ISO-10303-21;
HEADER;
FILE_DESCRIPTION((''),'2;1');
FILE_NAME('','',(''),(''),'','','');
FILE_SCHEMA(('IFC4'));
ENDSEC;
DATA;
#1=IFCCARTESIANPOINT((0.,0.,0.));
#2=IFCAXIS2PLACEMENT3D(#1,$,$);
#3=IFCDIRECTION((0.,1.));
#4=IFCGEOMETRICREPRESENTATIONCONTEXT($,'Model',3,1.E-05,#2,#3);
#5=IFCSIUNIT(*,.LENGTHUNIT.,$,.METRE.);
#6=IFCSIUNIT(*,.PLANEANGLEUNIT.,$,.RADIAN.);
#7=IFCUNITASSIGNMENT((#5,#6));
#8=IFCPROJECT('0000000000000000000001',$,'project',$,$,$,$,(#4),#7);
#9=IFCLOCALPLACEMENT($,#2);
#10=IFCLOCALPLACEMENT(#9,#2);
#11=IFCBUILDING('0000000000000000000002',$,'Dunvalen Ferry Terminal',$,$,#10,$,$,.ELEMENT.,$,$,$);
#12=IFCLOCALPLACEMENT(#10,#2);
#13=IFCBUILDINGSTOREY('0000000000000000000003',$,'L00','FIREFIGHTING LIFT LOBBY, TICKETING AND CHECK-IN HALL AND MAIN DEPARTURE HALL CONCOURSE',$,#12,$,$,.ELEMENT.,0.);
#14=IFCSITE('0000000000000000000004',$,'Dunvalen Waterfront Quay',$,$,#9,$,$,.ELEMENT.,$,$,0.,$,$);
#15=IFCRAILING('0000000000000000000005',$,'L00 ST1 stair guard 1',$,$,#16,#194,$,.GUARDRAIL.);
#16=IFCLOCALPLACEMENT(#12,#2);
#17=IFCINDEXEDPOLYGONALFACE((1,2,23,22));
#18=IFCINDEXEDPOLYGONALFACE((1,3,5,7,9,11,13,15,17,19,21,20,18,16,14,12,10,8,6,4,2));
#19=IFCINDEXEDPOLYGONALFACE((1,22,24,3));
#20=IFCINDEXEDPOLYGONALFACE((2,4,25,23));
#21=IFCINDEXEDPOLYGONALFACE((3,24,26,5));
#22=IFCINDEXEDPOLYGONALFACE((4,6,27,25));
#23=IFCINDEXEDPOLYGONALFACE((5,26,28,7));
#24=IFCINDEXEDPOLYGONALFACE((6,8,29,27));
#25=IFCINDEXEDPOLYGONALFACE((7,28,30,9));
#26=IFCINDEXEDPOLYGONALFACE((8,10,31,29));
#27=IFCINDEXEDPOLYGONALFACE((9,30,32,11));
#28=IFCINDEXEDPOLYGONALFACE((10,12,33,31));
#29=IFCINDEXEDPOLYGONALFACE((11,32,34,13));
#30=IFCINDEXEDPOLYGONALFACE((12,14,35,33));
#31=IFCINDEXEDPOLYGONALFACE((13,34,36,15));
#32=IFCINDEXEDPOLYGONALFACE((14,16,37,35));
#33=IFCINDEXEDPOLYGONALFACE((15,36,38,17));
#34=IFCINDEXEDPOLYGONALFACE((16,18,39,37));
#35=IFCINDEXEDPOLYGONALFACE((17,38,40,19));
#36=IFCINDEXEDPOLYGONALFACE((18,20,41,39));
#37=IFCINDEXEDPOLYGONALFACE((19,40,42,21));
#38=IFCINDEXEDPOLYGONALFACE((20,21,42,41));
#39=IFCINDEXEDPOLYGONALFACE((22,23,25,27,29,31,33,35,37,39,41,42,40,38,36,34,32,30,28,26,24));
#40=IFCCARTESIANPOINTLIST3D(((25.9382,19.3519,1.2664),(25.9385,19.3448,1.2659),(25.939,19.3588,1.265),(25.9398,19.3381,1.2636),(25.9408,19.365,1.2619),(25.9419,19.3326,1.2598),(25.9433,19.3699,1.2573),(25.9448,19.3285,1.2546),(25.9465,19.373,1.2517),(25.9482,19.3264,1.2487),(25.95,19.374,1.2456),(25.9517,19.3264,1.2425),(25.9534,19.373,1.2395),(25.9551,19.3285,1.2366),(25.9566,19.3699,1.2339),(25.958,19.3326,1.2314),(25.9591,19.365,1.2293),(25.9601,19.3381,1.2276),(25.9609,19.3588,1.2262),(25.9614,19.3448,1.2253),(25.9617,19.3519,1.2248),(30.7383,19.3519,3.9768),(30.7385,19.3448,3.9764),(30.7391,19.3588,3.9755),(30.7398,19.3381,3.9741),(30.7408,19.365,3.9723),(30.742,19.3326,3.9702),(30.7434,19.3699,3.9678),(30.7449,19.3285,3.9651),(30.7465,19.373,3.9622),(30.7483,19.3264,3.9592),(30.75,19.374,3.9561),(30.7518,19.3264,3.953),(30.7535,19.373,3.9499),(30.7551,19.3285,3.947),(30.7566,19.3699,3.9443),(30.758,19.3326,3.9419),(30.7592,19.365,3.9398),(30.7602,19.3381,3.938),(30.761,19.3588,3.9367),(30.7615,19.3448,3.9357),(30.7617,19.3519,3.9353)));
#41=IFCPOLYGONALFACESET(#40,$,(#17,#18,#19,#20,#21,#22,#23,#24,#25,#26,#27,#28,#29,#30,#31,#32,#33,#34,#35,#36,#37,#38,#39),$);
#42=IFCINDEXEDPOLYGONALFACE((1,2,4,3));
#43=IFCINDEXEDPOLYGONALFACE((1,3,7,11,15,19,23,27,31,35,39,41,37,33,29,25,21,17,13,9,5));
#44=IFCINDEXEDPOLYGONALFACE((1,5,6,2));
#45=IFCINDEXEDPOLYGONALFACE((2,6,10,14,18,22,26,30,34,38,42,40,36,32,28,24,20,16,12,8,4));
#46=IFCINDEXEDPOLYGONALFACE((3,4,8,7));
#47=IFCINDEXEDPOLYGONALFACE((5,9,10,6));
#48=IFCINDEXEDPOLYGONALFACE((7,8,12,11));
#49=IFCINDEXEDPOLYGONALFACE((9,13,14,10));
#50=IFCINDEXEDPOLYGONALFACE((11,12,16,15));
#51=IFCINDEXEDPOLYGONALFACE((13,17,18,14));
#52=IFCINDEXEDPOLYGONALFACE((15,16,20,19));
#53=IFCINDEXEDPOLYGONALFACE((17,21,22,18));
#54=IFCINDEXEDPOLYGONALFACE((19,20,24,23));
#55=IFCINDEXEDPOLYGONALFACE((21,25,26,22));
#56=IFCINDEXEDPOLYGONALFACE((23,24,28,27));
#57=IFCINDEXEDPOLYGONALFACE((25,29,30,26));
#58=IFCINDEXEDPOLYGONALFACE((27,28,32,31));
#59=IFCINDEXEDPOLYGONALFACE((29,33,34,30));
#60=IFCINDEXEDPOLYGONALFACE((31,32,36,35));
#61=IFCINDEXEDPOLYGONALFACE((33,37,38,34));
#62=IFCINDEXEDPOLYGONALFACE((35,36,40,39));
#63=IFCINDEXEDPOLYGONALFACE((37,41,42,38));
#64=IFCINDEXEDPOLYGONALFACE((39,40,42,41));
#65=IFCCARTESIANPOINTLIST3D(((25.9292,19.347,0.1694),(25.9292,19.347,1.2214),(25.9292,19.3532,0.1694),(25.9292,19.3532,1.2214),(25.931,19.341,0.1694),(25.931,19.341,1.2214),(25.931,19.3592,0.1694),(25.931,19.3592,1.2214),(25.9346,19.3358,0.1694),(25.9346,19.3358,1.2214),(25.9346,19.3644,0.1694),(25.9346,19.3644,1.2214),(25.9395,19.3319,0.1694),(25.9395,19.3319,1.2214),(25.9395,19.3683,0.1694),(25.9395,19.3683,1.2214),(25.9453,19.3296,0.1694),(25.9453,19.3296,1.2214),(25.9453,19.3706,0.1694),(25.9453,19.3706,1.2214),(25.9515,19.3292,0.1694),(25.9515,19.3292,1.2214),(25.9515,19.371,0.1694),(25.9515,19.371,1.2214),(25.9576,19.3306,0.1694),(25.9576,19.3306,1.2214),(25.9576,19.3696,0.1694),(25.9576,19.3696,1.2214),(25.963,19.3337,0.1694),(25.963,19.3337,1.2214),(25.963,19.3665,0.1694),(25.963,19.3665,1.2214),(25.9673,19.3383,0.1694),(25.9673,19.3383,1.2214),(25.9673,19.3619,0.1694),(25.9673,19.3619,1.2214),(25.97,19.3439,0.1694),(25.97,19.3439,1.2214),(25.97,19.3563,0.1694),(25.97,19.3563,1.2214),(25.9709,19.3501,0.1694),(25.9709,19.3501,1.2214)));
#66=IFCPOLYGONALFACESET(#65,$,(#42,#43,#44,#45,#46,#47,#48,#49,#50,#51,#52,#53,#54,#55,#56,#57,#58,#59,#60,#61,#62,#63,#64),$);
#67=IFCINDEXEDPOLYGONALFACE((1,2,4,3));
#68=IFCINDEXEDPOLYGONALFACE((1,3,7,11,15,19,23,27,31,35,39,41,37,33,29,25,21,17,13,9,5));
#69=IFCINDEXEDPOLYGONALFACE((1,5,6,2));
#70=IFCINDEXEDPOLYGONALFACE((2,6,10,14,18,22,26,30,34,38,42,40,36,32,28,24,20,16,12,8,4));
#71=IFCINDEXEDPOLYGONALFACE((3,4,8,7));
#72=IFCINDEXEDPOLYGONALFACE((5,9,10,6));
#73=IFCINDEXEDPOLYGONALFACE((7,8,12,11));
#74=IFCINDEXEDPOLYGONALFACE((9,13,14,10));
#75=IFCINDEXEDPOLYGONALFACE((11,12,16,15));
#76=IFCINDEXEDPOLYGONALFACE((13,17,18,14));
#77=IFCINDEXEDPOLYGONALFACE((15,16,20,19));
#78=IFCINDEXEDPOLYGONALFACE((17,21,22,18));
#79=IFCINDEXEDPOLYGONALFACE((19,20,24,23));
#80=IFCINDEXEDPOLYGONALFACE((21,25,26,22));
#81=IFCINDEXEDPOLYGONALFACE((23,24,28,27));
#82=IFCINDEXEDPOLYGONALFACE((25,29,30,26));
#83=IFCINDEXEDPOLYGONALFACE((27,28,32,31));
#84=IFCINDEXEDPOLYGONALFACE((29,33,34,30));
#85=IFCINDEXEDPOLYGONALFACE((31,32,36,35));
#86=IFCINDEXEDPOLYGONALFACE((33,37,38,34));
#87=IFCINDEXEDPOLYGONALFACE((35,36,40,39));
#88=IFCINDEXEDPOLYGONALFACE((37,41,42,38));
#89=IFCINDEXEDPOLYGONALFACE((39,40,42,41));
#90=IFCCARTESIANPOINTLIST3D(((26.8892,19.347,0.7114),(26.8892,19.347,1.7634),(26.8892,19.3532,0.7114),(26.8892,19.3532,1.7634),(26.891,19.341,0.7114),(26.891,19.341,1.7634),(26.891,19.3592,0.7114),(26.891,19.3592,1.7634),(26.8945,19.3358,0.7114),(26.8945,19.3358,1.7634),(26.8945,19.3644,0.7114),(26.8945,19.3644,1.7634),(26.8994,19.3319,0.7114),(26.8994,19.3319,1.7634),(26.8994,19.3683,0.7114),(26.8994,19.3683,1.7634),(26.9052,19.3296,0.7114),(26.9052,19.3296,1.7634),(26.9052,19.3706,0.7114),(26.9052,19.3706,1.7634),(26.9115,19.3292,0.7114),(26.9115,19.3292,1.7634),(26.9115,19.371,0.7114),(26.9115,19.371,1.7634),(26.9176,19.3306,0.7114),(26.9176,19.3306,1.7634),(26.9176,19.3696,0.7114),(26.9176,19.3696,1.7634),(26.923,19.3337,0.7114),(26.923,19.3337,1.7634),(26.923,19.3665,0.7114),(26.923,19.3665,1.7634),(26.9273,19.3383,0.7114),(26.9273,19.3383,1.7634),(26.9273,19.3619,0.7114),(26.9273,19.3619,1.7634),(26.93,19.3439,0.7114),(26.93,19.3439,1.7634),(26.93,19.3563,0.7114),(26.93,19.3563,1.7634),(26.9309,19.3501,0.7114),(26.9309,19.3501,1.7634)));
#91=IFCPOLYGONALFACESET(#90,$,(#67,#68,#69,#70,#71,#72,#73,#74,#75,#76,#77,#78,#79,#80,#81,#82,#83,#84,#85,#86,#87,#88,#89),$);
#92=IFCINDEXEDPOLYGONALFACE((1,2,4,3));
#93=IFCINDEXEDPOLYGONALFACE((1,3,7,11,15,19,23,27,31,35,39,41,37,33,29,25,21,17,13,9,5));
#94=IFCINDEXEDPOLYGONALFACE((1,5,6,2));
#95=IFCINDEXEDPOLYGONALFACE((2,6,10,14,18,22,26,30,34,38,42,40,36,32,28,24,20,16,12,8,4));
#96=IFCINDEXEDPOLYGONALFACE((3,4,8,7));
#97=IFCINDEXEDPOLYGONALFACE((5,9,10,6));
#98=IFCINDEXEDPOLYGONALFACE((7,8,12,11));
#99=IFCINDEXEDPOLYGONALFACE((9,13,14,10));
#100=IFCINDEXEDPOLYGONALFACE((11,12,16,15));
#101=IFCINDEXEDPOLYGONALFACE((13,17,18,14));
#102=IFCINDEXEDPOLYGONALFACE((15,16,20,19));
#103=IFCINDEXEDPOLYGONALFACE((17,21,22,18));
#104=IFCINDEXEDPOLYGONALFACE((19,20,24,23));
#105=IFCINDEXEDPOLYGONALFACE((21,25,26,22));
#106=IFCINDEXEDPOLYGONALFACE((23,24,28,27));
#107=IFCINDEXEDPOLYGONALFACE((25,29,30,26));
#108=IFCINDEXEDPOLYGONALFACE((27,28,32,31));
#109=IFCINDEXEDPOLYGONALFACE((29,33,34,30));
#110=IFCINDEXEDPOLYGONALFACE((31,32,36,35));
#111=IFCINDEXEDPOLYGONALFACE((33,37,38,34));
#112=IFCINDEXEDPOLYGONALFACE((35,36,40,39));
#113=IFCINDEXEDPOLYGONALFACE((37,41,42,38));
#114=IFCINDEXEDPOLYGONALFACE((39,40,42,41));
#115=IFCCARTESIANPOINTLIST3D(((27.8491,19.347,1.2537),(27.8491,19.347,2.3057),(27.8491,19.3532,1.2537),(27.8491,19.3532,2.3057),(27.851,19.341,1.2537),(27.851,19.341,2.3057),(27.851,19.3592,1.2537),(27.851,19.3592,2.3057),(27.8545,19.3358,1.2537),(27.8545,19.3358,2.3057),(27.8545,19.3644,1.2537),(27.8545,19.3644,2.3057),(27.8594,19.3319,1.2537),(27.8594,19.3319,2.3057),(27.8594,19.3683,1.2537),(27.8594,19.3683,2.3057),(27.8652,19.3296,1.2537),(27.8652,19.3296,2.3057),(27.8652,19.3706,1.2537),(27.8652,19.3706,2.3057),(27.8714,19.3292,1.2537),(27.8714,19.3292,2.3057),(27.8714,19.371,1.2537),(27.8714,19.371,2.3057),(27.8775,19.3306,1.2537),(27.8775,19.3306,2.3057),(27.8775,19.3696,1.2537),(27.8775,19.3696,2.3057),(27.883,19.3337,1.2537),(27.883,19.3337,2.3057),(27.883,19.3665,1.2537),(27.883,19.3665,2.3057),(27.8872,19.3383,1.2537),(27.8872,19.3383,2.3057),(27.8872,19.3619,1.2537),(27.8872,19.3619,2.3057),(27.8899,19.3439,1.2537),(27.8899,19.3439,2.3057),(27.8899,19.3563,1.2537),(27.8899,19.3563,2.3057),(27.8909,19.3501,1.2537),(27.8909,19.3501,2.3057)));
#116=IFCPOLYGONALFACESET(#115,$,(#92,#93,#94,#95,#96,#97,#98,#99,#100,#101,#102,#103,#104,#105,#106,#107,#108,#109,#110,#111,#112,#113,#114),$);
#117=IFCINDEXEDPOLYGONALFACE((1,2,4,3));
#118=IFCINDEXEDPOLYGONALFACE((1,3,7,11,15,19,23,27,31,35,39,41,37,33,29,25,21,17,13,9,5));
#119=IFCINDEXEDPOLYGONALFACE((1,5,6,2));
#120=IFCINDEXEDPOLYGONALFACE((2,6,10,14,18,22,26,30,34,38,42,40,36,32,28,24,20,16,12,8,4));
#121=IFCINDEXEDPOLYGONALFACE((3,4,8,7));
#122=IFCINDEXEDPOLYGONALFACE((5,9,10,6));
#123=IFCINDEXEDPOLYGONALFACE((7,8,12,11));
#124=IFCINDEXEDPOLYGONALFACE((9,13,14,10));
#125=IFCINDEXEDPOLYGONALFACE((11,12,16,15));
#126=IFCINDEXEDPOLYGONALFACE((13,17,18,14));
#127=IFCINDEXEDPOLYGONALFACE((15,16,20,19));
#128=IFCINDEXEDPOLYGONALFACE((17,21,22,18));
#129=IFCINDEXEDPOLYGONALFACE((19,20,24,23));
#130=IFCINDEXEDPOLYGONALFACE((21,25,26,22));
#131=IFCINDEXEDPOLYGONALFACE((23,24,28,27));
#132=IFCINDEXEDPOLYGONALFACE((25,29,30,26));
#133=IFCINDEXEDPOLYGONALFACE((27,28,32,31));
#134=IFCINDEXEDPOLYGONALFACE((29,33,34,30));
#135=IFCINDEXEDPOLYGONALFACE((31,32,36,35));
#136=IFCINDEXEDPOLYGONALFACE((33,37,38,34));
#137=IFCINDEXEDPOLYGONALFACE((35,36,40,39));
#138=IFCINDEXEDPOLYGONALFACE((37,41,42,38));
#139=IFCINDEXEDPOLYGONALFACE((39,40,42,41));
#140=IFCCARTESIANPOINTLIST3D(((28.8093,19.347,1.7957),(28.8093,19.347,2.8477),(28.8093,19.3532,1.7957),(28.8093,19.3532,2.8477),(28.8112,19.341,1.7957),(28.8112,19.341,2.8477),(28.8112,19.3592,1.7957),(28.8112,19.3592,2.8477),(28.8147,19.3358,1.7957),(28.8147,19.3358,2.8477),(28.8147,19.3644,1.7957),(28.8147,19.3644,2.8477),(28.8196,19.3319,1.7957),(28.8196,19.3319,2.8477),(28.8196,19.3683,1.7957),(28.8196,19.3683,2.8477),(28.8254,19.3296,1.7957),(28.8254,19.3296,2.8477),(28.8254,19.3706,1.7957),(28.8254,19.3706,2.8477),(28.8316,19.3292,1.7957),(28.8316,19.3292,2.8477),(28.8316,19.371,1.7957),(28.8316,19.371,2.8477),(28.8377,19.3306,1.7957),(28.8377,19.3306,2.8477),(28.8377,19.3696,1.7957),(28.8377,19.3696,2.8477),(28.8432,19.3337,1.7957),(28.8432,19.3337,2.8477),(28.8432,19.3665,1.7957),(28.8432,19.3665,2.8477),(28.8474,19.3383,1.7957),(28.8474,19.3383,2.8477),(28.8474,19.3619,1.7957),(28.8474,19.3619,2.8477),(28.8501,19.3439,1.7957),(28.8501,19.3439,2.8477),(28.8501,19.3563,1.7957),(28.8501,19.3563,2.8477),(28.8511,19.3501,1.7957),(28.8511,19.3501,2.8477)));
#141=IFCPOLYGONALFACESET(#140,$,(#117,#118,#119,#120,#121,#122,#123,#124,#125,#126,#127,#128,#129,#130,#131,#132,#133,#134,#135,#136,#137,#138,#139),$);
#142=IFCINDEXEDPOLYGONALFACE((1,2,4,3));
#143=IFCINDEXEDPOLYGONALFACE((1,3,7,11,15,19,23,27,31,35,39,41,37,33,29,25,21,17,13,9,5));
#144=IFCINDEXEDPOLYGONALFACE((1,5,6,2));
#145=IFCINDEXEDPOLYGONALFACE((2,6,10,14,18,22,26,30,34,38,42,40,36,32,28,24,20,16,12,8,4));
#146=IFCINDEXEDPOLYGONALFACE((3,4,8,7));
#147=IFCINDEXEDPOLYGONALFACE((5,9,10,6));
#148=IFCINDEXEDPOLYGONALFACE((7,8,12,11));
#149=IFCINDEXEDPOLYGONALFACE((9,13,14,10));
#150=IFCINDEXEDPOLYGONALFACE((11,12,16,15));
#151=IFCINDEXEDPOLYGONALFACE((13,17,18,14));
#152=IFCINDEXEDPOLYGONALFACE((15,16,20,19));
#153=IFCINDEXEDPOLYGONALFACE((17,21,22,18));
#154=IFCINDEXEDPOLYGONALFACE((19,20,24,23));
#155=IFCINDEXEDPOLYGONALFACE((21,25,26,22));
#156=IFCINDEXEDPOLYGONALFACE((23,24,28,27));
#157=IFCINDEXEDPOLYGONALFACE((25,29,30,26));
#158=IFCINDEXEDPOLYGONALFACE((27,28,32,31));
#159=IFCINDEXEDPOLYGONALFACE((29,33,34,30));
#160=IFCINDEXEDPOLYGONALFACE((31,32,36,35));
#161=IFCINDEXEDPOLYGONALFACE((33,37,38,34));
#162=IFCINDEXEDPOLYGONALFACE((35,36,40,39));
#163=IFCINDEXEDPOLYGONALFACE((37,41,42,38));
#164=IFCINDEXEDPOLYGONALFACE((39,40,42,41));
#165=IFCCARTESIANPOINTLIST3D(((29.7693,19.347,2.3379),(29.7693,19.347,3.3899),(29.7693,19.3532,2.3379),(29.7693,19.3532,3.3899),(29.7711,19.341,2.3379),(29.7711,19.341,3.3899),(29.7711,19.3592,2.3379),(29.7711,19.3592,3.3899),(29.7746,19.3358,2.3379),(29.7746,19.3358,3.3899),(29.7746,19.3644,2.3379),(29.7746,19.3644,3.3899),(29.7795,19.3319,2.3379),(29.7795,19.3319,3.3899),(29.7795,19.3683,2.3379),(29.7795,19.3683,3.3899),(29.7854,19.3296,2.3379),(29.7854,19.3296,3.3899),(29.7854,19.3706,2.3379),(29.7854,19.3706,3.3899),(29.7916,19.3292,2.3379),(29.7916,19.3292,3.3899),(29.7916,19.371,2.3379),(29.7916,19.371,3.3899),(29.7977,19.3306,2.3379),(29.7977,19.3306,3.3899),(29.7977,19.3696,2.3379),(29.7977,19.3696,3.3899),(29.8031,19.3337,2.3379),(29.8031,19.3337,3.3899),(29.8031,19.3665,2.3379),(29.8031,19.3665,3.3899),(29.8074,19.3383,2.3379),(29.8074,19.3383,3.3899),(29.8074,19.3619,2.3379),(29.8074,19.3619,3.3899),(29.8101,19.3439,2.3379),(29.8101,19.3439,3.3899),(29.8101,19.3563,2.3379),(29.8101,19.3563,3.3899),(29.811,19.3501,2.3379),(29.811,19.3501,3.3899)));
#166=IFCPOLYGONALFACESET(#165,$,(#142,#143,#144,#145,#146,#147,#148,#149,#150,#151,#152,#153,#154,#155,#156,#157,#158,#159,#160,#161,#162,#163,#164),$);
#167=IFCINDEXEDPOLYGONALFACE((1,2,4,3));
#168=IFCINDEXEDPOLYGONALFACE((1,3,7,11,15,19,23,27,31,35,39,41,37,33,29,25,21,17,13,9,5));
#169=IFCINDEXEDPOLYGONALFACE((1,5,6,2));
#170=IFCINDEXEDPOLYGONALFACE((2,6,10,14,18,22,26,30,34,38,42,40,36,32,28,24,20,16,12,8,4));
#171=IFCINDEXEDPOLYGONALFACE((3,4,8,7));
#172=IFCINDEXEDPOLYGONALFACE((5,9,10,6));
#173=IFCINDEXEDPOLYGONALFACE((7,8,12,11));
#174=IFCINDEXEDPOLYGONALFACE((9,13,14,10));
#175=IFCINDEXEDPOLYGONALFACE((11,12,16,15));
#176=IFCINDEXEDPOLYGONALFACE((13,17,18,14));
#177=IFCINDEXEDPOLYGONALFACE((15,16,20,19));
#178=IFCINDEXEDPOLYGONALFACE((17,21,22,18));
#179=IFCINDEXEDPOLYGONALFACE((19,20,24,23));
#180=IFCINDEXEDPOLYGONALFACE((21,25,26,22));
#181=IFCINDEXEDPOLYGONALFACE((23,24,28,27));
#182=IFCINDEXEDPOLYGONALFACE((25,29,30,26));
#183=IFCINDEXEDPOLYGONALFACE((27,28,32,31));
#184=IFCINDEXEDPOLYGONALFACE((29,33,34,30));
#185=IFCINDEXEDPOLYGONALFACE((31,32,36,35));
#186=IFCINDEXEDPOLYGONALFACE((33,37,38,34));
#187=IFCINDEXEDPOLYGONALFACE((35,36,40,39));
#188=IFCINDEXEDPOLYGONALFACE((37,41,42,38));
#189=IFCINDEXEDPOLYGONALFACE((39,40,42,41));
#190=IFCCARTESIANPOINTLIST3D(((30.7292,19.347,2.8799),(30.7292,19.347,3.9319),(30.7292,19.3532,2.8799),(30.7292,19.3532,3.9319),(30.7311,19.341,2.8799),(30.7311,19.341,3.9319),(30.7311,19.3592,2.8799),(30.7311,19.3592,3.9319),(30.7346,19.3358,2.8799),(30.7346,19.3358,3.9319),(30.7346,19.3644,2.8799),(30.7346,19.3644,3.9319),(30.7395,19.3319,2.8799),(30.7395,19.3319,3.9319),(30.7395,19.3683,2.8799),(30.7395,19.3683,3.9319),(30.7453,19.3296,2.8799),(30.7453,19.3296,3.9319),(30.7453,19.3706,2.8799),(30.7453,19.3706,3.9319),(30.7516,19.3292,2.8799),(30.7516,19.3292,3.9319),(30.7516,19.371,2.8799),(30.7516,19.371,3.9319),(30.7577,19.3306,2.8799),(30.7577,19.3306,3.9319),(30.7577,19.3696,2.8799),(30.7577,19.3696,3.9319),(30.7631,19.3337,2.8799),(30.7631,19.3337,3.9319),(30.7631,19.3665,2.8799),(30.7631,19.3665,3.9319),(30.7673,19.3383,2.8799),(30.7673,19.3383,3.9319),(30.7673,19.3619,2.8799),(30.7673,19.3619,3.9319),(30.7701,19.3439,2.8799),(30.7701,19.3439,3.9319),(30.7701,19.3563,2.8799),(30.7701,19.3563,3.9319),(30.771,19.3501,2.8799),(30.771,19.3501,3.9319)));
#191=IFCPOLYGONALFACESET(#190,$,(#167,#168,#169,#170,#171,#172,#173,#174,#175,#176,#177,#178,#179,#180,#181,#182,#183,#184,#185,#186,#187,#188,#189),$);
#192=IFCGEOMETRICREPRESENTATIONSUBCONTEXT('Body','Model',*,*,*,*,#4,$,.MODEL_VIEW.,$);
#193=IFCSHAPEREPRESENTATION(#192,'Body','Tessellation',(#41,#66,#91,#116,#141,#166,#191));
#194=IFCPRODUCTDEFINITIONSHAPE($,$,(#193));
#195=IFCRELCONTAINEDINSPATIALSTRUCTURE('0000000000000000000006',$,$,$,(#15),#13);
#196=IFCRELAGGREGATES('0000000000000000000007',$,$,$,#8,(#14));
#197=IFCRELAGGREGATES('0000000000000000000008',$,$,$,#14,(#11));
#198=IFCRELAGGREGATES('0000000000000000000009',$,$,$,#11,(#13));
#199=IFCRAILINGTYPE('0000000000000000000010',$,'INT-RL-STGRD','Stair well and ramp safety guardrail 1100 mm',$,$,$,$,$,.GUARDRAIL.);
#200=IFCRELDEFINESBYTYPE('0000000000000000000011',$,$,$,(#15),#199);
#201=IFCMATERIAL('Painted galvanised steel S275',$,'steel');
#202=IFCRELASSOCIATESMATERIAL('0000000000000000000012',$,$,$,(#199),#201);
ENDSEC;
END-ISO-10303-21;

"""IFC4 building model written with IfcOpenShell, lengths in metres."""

from ifc_helpers import new_model, si_unit, direction, frame, origin, origin_2d, place, context, subcontext, project, spatial, circle, extrude, material, type_object, element, save


model = new_model("IFC4")

# Units and contexts
model_context = context("Model", 3, precision=1e-05, world=origin(), true_north=direction((0.0, 1.0)))
body_context = subcontext(model_context, "Body", "Model", "MODEL_VIEW")
ifc_project = project(units=[si_unit("LENGTHUNIT", "METRE"), si_unit("PLANEANGLEUNIT", "RADIAN")], contexts=[model_context])

# Site, building, storey
site_placement = place(None, origin())
site = spatial("IfcSite", under=ifc_project, at=site_placement, Name="Dunvalen Waterfront Quay", CompositionType="ELEMENT", RefElevation=0.0)
building_placement = place(site_placement, origin())
building = spatial("IfcBuilding", under=site, at=building_placement, Name="Dunvalen Ferry Terminal", CompositionType="ELEMENT")
storey_placement = place(building_placement, origin())
storey = spatial("IfcBuildingStorey", under=building, at=storey_placement, Name="L00", Description="FIREFIGHTING LIFT LOBBY, TICKETING AND CHECK-IN HALL AND MAIN DEPARTURE HALL CONCOURSE", CompositionType="ELEMENT", Elevation=0.0)

# Railing
ifc_material_1 = material(Name="Painted galvanised steel S275", Category="steel")
railing_type_1 = type_object("IfcRailingType", Name="INT-RL-STGRD", Description="Stair well and ramp safety guardrail 1100 mm", PredefinedType="GUARDRAIL", material=ifc_material_1)
railing_1_placement = place(storey_placement, frame((25.95, 19.3501, 0.1694)))
element("IfcRailing", 1, at=railing_1_placement, inside=storey, type_object=railing_type_1, Name="L00 ST1 stair guard 1", PredefinedType="GUARDRAIL", context=body_context, shape_type="SweptSolid", body=[
    extrude(circle(Radius=0.0239, at=origin_2d()), frame((0.0, 0.0, 1.0762), z_axis=(0.870767, 0.0, 0.491697), x_axis=(0.0, 1.0, 0.0)), (0.0, 0.0, 1.0), 5.5125),
    extrude(circle(Radius=0.021, at=origin_2d()), origin(), (0.0, 0.0, 1.0), 1.052),
    extrude(circle(Radius=0.021, at=origin_2d()), frame((0.96, 0.0, 0.542)), (0.0, 0.0, 1.0), 1.052),
    extrude(circle(Radius=0.021, at=origin_2d()), frame((1.9199, 0.0, 1.0842)), (0.0, 0.0, 1.0), 1.052),
    extrude(circle(Radius=0.021, at=origin_2d()), frame((2.8801, 0.0, 1.6262)), (0.0, 0.0, 1.0), 1.052),
    extrude(circle(Radius=0.021, at=origin_2d()), frame((3.8401, 0.0, 2.1685)), (0.0, 0.0, 1.0), 1.052),
    extrude(circle(Radius=0.021, at=origin_2d()), frame((4.8, 0.0, 2.7104)), (0.0, 0.0, 1.0), 1.052),
])

save(model, "model.ifc")
